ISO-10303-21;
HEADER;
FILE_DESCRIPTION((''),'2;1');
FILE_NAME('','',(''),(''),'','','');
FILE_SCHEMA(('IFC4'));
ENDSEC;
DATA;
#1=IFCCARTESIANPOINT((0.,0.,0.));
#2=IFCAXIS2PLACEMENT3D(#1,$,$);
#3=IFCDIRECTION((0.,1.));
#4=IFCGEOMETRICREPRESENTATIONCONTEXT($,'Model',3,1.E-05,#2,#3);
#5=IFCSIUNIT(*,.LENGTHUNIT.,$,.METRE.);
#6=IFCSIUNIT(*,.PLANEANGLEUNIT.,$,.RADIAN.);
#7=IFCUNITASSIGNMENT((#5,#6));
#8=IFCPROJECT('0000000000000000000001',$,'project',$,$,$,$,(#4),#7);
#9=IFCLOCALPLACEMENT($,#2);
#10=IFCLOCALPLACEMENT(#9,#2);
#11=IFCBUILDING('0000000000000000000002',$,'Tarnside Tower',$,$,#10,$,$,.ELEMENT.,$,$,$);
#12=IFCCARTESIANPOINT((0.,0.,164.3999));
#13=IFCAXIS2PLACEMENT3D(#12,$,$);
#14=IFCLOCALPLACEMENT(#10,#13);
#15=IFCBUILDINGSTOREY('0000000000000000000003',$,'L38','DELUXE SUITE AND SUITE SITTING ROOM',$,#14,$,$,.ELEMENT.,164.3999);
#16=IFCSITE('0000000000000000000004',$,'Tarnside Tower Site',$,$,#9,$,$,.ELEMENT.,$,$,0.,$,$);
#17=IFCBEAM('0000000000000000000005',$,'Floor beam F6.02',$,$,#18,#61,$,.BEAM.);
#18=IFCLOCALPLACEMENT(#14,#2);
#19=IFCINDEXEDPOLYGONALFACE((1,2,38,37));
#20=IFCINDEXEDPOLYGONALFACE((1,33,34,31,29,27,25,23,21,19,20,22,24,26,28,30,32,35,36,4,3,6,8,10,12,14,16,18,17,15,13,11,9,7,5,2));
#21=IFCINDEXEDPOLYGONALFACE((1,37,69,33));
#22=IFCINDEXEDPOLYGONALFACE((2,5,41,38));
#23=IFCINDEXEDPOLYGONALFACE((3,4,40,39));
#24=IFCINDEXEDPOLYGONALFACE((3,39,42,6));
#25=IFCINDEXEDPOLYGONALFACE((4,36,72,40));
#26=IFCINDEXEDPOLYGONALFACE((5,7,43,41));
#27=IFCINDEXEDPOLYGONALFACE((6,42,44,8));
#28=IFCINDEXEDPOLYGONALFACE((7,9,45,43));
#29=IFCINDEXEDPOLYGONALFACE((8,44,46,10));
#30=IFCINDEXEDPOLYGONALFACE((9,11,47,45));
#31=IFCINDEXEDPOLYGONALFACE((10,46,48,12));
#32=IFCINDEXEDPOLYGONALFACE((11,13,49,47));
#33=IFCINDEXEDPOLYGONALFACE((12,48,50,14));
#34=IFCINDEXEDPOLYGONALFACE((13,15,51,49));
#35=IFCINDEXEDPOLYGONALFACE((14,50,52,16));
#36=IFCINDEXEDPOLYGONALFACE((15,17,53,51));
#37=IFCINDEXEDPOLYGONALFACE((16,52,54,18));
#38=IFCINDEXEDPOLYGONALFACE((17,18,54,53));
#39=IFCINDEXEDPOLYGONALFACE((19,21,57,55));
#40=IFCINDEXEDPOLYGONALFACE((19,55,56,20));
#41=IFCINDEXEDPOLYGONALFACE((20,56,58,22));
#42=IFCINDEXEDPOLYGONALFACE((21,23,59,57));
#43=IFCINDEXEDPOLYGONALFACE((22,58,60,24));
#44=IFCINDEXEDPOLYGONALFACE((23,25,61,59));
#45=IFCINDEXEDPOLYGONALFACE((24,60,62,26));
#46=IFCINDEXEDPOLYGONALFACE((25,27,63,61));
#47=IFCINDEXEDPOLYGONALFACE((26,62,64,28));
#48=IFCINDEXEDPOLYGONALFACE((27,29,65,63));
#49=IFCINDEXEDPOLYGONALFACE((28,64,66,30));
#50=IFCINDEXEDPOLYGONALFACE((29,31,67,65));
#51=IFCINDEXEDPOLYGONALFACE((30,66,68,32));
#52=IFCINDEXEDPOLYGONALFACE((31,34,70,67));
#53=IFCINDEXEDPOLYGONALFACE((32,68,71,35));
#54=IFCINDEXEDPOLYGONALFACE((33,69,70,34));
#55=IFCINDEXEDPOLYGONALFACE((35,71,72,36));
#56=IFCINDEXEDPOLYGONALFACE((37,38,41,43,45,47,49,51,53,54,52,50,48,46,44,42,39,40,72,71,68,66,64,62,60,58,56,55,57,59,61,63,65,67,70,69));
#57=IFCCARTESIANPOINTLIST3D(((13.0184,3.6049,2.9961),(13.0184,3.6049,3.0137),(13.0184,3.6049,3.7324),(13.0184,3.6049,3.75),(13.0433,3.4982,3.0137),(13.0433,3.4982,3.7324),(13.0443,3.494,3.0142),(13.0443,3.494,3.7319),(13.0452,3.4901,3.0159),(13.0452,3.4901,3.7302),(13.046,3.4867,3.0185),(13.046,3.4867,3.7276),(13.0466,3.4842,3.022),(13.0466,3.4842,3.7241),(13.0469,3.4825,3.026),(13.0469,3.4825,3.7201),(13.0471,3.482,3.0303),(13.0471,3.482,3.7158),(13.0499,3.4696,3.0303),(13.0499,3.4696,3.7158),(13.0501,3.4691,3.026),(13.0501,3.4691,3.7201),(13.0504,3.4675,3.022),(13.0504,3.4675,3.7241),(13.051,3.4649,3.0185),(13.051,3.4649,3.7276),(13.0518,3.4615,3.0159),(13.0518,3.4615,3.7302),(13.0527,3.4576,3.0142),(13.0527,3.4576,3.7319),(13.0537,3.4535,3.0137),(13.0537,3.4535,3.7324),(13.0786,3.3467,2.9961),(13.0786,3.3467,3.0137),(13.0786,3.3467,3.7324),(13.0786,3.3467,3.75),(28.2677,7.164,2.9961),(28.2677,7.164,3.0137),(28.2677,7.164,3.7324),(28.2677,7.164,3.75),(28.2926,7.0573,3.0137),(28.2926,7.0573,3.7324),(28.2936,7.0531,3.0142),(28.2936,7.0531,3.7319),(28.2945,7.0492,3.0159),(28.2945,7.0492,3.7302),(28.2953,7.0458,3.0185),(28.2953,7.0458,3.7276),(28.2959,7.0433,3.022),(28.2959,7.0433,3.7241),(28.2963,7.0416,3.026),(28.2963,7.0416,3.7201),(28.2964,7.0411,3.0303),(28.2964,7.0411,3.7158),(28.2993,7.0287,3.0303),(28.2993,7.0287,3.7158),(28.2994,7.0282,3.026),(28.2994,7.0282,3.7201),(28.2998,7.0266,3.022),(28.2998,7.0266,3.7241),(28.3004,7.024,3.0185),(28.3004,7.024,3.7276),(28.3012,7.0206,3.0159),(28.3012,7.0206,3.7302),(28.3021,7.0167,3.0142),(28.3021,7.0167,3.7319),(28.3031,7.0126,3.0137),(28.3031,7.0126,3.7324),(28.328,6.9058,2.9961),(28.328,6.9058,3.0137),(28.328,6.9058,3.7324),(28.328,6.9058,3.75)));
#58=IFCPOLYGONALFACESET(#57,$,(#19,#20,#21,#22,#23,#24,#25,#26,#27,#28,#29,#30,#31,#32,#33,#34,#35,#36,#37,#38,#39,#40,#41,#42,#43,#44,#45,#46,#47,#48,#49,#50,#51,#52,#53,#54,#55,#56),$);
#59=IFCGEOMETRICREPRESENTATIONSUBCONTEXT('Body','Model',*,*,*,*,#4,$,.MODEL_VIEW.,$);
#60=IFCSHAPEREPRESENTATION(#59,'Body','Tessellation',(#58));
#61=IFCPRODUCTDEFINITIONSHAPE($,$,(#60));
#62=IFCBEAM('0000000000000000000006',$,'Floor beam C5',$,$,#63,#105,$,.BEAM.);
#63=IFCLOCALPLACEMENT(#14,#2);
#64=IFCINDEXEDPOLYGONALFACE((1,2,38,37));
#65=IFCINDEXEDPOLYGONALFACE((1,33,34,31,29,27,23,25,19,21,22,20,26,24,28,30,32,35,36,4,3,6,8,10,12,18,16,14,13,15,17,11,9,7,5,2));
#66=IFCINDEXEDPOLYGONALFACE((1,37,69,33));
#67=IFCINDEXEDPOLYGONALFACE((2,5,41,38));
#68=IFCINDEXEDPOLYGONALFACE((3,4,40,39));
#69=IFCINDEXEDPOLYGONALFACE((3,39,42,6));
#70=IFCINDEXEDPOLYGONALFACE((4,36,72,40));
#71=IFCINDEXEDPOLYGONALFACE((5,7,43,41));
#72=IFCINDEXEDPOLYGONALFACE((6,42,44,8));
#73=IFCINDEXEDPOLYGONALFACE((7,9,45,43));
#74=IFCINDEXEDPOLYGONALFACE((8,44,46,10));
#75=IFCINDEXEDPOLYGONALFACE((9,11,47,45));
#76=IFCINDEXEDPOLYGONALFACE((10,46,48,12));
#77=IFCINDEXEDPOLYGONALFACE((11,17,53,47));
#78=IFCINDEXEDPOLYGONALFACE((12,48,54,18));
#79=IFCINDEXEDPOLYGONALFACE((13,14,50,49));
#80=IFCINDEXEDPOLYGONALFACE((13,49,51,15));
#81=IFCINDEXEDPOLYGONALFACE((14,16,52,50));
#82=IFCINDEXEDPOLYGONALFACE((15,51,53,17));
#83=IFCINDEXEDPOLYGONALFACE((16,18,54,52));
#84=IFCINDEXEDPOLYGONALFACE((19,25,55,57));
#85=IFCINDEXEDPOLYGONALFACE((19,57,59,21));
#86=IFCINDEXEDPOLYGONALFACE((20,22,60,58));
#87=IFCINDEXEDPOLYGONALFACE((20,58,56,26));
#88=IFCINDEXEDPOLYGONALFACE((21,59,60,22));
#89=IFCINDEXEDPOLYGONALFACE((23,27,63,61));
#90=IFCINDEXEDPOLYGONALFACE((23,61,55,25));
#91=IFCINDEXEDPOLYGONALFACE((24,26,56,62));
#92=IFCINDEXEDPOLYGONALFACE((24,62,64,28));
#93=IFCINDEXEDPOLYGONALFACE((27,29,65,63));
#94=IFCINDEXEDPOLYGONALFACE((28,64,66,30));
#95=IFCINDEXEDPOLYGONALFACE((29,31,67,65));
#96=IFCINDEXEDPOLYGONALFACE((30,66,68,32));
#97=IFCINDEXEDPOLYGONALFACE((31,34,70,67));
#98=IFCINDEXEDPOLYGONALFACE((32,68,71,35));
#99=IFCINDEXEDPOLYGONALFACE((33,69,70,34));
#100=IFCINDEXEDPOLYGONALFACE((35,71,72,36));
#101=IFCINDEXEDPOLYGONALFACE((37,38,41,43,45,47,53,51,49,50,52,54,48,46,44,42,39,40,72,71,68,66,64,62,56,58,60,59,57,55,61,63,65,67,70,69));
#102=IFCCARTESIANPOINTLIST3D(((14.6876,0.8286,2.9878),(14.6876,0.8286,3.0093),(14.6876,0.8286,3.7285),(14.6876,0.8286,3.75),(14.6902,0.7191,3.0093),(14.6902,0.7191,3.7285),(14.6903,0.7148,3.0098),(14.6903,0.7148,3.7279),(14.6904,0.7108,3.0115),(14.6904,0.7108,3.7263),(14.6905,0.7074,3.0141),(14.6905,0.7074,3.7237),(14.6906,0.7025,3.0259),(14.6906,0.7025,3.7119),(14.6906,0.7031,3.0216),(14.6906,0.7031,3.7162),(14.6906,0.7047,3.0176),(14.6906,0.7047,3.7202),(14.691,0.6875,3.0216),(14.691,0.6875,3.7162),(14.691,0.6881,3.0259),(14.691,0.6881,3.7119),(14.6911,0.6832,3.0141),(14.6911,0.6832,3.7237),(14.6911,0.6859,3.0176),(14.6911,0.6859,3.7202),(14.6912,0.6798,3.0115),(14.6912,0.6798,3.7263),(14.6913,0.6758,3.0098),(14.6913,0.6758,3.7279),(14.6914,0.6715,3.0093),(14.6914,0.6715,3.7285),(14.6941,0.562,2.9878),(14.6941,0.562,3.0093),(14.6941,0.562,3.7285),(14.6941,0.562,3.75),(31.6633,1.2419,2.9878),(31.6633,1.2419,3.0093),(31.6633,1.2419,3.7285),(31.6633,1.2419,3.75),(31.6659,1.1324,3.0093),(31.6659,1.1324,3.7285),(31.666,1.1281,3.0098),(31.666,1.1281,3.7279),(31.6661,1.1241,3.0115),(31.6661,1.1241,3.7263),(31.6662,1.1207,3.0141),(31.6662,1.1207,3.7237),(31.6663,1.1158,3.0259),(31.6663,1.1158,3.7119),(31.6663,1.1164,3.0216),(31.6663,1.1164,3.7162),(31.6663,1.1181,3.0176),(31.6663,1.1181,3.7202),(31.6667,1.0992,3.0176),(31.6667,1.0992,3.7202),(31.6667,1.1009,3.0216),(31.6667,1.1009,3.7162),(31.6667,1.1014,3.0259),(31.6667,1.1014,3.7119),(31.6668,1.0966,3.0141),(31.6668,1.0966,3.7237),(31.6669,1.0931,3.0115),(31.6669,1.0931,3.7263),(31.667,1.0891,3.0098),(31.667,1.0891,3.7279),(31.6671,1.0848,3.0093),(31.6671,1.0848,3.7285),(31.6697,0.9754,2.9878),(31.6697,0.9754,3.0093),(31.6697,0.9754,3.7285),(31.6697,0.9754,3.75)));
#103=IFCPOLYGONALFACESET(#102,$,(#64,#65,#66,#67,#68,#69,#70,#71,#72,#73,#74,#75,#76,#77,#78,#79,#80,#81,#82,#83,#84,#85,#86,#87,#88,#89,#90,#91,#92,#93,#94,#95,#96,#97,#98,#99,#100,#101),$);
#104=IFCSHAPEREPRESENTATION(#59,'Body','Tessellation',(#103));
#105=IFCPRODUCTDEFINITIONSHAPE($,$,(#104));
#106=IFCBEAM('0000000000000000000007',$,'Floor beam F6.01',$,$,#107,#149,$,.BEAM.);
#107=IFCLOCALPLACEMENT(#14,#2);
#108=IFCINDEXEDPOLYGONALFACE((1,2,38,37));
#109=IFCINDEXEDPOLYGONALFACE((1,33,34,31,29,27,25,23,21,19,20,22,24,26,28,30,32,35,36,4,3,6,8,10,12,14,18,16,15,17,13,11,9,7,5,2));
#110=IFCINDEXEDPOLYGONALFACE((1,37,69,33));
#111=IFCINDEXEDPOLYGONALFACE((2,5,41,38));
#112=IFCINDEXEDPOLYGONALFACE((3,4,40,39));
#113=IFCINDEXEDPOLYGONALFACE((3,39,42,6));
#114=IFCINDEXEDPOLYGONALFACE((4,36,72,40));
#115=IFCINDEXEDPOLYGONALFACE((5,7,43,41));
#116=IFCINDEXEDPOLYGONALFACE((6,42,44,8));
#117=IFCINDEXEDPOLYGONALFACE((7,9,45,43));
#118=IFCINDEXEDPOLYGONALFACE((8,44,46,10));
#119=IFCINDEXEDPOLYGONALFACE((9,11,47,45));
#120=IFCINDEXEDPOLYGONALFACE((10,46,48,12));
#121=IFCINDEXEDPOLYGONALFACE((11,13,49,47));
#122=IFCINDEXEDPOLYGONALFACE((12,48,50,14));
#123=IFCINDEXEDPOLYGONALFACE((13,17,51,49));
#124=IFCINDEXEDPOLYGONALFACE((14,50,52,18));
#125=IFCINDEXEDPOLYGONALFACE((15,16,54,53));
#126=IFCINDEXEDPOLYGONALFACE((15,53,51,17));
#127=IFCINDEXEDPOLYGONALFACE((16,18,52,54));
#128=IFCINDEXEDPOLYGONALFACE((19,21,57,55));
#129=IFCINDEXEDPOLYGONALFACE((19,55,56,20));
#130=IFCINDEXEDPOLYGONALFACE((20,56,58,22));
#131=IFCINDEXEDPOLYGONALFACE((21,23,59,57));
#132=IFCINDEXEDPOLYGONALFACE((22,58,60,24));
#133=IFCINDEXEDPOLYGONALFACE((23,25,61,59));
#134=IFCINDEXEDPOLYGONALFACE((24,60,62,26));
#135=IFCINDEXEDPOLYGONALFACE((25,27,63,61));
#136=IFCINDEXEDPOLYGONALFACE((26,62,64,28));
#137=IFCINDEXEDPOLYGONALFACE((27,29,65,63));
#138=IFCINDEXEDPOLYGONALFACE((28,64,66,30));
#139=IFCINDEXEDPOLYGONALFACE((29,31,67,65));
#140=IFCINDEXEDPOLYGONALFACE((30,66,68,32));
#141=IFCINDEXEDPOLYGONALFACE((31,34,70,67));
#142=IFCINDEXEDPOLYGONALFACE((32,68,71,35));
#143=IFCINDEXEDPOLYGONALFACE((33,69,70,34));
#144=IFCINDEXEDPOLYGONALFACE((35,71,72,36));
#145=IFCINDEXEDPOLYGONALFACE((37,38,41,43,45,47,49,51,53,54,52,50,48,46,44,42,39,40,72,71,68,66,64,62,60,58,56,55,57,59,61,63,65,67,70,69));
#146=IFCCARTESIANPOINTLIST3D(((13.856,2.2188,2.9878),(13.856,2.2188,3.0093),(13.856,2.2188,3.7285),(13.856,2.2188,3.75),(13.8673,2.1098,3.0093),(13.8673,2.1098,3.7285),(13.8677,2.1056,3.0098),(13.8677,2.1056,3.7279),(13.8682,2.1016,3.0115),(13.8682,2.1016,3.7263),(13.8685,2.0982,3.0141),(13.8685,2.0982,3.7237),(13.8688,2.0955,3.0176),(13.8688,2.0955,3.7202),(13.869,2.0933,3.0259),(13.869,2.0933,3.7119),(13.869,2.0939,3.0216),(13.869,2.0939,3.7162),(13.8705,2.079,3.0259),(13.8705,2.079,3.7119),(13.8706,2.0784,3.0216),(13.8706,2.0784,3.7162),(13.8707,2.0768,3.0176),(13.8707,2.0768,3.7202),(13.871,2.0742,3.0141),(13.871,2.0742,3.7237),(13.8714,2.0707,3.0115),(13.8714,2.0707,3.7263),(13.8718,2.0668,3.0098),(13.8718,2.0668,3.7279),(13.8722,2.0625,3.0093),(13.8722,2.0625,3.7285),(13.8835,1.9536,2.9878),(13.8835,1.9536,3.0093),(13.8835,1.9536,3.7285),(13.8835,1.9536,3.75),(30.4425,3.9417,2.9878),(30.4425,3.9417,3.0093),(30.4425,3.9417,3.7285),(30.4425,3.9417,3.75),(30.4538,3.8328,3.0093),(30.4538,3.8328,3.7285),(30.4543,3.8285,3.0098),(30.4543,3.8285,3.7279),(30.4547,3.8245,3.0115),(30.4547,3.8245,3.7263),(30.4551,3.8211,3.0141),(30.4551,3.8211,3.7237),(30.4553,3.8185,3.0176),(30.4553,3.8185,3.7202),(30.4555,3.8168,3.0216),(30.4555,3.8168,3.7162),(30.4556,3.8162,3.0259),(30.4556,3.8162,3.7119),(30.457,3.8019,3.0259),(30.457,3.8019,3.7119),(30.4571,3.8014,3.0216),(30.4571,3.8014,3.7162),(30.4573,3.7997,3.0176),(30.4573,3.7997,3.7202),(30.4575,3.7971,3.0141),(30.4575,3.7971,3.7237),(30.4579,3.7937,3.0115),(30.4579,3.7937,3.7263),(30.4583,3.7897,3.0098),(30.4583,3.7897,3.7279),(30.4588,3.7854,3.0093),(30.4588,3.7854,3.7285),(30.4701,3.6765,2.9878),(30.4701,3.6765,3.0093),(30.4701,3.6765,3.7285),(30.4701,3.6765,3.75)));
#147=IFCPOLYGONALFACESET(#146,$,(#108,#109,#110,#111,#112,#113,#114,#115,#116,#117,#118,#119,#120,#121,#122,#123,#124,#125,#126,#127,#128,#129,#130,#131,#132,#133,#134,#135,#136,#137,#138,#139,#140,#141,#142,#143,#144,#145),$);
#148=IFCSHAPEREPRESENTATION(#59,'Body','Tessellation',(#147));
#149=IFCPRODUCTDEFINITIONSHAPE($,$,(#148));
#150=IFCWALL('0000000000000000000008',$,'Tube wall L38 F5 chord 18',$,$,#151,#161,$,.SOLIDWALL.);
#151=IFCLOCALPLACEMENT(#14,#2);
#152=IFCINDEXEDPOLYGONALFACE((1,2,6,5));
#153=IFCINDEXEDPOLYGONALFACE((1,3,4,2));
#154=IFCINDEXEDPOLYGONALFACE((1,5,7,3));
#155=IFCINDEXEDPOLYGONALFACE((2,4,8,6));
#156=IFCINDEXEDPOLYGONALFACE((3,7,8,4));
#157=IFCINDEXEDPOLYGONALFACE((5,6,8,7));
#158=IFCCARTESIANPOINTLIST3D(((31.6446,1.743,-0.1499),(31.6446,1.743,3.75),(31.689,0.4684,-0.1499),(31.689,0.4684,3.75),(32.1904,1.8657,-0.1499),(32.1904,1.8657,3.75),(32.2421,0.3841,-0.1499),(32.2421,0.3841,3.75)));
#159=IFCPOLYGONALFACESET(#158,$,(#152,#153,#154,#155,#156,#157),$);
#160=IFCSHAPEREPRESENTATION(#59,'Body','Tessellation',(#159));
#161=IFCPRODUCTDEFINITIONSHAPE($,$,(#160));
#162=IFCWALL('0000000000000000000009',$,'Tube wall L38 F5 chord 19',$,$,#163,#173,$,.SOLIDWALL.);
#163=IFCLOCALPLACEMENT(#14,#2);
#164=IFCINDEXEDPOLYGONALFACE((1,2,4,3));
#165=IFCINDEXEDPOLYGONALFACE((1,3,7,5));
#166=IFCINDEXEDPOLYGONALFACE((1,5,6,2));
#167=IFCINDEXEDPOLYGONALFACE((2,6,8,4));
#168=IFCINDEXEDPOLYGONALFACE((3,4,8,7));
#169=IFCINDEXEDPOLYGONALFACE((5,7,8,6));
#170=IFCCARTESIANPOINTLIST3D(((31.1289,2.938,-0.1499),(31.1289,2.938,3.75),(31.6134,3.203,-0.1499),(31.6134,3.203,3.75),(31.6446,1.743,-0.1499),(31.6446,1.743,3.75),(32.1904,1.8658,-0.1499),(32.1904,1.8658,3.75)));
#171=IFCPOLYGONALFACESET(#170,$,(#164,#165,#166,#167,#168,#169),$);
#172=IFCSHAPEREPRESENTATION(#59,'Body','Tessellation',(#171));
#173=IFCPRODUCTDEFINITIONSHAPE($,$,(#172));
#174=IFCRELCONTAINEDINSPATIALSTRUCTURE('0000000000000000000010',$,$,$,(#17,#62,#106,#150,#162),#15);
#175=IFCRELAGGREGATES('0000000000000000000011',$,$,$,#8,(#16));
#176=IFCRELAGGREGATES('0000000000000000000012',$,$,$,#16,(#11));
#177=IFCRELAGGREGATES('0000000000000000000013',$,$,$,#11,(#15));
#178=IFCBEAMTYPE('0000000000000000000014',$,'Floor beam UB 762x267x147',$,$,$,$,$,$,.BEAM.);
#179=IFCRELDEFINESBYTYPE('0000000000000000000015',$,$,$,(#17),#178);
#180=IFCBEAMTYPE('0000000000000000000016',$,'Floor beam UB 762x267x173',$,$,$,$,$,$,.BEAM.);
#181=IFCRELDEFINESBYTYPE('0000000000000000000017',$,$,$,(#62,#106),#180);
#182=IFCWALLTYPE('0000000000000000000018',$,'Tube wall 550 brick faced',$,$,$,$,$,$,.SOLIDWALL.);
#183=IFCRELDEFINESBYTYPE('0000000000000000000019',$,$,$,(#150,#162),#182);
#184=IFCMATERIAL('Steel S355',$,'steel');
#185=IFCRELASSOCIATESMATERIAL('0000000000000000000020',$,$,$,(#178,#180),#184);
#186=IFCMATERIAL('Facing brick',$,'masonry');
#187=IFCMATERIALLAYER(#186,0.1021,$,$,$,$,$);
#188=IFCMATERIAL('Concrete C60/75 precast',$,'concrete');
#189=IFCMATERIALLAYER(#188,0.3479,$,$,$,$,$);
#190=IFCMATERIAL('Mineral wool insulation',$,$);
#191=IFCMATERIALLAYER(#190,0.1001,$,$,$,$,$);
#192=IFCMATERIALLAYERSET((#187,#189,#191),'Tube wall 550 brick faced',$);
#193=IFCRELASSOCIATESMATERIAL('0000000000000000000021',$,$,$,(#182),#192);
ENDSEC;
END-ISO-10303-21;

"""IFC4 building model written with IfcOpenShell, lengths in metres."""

from ifc_helpers import new_model, si_unit, direction, frame, origin, origin_2d, place, context, subcontext, project, spatial, polyline, i_section, outline, extrude, material, layer, layer_set, material_profile, profile_set, type_object, element, save


model = new_model("IFC4")

# Units and contexts
model_context = context("Model", 3, precision=1e-05, world=origin(), true_north=direction((0.0, 1.0)))
body_context = subcontext(model_context, "Body", "Model", "MODEL_VIEW")
ifc_project = project(units=[si_unit("LENGTHUNIT", "METRE"), si_unit("PLANEANGLEUNIT", "RADIAN")], contexts=[model_context])

# Site, building, storey
site_placement = place(None, origin())
site = spatial("IfcSite", under=ifc_project, at=site_placement, Name="Tarnside Tower Site", CompositionType="ELEMENT", RefElevation=0.0)
building_placement = place(site_placement, origin())
building = spatial("IfcBuilding", under=site, at=building_placement, Name="Tarnside Tower", CompositionType="ELEMENT")
storey_placement = place(building_placement, frame((0.0, 0.0, 164.3999)))
storey = spatial("IfcBuildingStorey", under=building, at=storey_placement, Name="L38", Description="DELUXE SUITE AND SUITE SITTING ROOM", CompositionType="ELEMENT", Elevation=164.3999)

# Beams
ifc_material_1 = material(Name="Steel S355", Category="steel")
ifc_material_profile_1 = material_profile(ifc_material_1, i_section(OverallWidth=0.2651, OverallDepth=0.7539, WebThickness=0.0127, FlangeThickness=0.0176, FilletRadius=0.0166, at=origin_2d()), Name="UB 762x267x147")
ifc_profile_set_1 = profile_set([ifc_material_profile_1], Name="Steel S355")
beam_type_1 = type_object("IfcBeamType", Name="Floor beam UB 762x267x147", PredefinedType="BEAM", material=ifc_profile_set_1)
beam_1_placement = place(storey_placement, frame((28.2979, 7.0349, 3.373), z_axis=(-0.973828, -0.227285, 0.0), x_axis=(0.227285, -0.973828, 0.0)))
element("IfcBeam", 1, at=beam_1_placement, inside=storey, type_object=beam_type_1, Name="Floor beam F6.02", PredefinedType="BEAM", context=body_context, shape_type="SweptSolid", body=[
    extrude(i_section(OverallWidth=0.2651, OverallDepth=0.7539, WebThickness=0.0127, FlangeThickness=0.0176, FilletRadius=0.0166, at=origin_2d()), origin(), (0.0, 0.0, 1.0), 15.6592),
])
ifc_material_profile_2 = material_profile(ifc_material_1, i_section(OverallWidth=0.2666, OverallDepth=0.7622, WebThickness=0.0144, FlangeThickness=0.0215, FilletRadius=0.0166, at=origin_2d()), Name="UB 762x267x173")
ifc_profile_set_2 = profile_set([ifc_material_profile_2], Name="Steel S355")
beam_type_2 = type_object("IfcBeamType", Name="Floor beam UB 762x267x173", PredefinedType="BEAM", material=ifc_profile_set_2)
beam_2_placement = place(storey_placement, frame((31.6665, 1.1086, 3.3689), z_axis=(-0.999704, -0.024341, 0.0), x_axis=(0.024341, -0.999704, 0.0)))
element("IfcBeam", 2, at=beam_2_placement, inside=storey, type_object=beam_type_2, Name="Floor beam C5", PredefinedType="BEAM", context=body_context, shape_type="SweptSolid", body=[
    extrude(i_section(OverallWidth=0.2666, OverallDepth=0.7622, WebThickness=0.0144, FlangeThickness=0.0215, FilletRadius=0.0166, at=origin_2d()), origin(), (0.0, 0.0, 1.0), 16.9807),
])
beam_3_placement = place(storey_placement, frame((30.4563, 3.8091, 3.3689), z_axis=(-0.994648, -0.103318, 0.0), x_axis=(0.103318, -0.994648, 0.0)))
element("IfcBeam", 3, at=beam_3_placement, inside=storey, type_object=beam_type_2, Name="Floor beam F6.01", PredefinedType="BEAM", context=body_context, shape_type="SweptSolid", body=[
    extrude(i_section(OverallWidth=0.2666, OverallDepth=0.7622, WebThickness=0.0144, FlangeThickness=0.0215, FilletRadius=0.0166, at=origin_2d()), origin(), (0.0, 0.0, 1.0), 16.6758),
])

# Walls
ifc_material_2 = material(Name="Facing brick", Category="masonry")
ifc_layer_1 = layer(ifc_material_2, 0.1021)
ifc_material_3 = material(Name="Concrete C60/75 precast", Category="concrete")
ifc_layer_2 = layer(ifc_material_3, 0.3479)
ifc_material_4 = material(Name="Mineral wool insulation")
ifc_layer_3 = layer(ifc_material_4, 0.1001)
ifc_layer_set_1 = layer_set([ifc_layer_1, ifc_layer_2, ifc_layer_3], Name="Tube wall 550 brick faced")
wall_type = type_object("IfcWallType", Name="Tube wall 550 brick faced", PredefinedType="SOLIDWALL", material=ifc_layer_set_1)
wall_1_placement = place(storey_placement, frame((31.9656, 0.4263, -0.1499), z_axis=(0.0, 0.0, 1.0), x_axis=(-0.034877, 0.999392, 0.0)))
element("IfcWall", 4, at=wall_1_placement, inside=storey, type_object=wall_type, Name="Tube wall L38 F5 chord 18", PredefinedType="SOLIDWALL", context=body_context, shape_type="SweptSolid", body=[
    extrude(outline(polyline([(-0.0518, -0.2749), (1.4307, -0.2749), (1.3271, 0.2749), (0.0518, 0.2749), (-0.0518, -0.2749)])), origin(), (0.0, 0.0, 1.0), 3.8999),
])
wall_2_placement = place(storey_placement, frame((31.9175, 1.8044, -0.1499), z_axis=(0.0, 0.0, 1.0), x_axis=(-0.396226, 0.918153, 0.0)))
element("IfcWall", 5, at=wall_2_placement, inside=storey, type_object=wall_type, Name="Tube wall L38 F5 chord 19", PredefinedType="SOLIDWALL", context=body_context, shape_type="SweptSolid", body=[
    extrude(outline(polyline([(-0.0518, -0.2749), (1.4045, -0.2749), (1.3533, 0.2749), (0.0518, 0.2749), (-0.0518, -0.2749)])), origin(), (0.0, 0.0, 1.0), 3.8999),
])

save(model, "model.ifc")
